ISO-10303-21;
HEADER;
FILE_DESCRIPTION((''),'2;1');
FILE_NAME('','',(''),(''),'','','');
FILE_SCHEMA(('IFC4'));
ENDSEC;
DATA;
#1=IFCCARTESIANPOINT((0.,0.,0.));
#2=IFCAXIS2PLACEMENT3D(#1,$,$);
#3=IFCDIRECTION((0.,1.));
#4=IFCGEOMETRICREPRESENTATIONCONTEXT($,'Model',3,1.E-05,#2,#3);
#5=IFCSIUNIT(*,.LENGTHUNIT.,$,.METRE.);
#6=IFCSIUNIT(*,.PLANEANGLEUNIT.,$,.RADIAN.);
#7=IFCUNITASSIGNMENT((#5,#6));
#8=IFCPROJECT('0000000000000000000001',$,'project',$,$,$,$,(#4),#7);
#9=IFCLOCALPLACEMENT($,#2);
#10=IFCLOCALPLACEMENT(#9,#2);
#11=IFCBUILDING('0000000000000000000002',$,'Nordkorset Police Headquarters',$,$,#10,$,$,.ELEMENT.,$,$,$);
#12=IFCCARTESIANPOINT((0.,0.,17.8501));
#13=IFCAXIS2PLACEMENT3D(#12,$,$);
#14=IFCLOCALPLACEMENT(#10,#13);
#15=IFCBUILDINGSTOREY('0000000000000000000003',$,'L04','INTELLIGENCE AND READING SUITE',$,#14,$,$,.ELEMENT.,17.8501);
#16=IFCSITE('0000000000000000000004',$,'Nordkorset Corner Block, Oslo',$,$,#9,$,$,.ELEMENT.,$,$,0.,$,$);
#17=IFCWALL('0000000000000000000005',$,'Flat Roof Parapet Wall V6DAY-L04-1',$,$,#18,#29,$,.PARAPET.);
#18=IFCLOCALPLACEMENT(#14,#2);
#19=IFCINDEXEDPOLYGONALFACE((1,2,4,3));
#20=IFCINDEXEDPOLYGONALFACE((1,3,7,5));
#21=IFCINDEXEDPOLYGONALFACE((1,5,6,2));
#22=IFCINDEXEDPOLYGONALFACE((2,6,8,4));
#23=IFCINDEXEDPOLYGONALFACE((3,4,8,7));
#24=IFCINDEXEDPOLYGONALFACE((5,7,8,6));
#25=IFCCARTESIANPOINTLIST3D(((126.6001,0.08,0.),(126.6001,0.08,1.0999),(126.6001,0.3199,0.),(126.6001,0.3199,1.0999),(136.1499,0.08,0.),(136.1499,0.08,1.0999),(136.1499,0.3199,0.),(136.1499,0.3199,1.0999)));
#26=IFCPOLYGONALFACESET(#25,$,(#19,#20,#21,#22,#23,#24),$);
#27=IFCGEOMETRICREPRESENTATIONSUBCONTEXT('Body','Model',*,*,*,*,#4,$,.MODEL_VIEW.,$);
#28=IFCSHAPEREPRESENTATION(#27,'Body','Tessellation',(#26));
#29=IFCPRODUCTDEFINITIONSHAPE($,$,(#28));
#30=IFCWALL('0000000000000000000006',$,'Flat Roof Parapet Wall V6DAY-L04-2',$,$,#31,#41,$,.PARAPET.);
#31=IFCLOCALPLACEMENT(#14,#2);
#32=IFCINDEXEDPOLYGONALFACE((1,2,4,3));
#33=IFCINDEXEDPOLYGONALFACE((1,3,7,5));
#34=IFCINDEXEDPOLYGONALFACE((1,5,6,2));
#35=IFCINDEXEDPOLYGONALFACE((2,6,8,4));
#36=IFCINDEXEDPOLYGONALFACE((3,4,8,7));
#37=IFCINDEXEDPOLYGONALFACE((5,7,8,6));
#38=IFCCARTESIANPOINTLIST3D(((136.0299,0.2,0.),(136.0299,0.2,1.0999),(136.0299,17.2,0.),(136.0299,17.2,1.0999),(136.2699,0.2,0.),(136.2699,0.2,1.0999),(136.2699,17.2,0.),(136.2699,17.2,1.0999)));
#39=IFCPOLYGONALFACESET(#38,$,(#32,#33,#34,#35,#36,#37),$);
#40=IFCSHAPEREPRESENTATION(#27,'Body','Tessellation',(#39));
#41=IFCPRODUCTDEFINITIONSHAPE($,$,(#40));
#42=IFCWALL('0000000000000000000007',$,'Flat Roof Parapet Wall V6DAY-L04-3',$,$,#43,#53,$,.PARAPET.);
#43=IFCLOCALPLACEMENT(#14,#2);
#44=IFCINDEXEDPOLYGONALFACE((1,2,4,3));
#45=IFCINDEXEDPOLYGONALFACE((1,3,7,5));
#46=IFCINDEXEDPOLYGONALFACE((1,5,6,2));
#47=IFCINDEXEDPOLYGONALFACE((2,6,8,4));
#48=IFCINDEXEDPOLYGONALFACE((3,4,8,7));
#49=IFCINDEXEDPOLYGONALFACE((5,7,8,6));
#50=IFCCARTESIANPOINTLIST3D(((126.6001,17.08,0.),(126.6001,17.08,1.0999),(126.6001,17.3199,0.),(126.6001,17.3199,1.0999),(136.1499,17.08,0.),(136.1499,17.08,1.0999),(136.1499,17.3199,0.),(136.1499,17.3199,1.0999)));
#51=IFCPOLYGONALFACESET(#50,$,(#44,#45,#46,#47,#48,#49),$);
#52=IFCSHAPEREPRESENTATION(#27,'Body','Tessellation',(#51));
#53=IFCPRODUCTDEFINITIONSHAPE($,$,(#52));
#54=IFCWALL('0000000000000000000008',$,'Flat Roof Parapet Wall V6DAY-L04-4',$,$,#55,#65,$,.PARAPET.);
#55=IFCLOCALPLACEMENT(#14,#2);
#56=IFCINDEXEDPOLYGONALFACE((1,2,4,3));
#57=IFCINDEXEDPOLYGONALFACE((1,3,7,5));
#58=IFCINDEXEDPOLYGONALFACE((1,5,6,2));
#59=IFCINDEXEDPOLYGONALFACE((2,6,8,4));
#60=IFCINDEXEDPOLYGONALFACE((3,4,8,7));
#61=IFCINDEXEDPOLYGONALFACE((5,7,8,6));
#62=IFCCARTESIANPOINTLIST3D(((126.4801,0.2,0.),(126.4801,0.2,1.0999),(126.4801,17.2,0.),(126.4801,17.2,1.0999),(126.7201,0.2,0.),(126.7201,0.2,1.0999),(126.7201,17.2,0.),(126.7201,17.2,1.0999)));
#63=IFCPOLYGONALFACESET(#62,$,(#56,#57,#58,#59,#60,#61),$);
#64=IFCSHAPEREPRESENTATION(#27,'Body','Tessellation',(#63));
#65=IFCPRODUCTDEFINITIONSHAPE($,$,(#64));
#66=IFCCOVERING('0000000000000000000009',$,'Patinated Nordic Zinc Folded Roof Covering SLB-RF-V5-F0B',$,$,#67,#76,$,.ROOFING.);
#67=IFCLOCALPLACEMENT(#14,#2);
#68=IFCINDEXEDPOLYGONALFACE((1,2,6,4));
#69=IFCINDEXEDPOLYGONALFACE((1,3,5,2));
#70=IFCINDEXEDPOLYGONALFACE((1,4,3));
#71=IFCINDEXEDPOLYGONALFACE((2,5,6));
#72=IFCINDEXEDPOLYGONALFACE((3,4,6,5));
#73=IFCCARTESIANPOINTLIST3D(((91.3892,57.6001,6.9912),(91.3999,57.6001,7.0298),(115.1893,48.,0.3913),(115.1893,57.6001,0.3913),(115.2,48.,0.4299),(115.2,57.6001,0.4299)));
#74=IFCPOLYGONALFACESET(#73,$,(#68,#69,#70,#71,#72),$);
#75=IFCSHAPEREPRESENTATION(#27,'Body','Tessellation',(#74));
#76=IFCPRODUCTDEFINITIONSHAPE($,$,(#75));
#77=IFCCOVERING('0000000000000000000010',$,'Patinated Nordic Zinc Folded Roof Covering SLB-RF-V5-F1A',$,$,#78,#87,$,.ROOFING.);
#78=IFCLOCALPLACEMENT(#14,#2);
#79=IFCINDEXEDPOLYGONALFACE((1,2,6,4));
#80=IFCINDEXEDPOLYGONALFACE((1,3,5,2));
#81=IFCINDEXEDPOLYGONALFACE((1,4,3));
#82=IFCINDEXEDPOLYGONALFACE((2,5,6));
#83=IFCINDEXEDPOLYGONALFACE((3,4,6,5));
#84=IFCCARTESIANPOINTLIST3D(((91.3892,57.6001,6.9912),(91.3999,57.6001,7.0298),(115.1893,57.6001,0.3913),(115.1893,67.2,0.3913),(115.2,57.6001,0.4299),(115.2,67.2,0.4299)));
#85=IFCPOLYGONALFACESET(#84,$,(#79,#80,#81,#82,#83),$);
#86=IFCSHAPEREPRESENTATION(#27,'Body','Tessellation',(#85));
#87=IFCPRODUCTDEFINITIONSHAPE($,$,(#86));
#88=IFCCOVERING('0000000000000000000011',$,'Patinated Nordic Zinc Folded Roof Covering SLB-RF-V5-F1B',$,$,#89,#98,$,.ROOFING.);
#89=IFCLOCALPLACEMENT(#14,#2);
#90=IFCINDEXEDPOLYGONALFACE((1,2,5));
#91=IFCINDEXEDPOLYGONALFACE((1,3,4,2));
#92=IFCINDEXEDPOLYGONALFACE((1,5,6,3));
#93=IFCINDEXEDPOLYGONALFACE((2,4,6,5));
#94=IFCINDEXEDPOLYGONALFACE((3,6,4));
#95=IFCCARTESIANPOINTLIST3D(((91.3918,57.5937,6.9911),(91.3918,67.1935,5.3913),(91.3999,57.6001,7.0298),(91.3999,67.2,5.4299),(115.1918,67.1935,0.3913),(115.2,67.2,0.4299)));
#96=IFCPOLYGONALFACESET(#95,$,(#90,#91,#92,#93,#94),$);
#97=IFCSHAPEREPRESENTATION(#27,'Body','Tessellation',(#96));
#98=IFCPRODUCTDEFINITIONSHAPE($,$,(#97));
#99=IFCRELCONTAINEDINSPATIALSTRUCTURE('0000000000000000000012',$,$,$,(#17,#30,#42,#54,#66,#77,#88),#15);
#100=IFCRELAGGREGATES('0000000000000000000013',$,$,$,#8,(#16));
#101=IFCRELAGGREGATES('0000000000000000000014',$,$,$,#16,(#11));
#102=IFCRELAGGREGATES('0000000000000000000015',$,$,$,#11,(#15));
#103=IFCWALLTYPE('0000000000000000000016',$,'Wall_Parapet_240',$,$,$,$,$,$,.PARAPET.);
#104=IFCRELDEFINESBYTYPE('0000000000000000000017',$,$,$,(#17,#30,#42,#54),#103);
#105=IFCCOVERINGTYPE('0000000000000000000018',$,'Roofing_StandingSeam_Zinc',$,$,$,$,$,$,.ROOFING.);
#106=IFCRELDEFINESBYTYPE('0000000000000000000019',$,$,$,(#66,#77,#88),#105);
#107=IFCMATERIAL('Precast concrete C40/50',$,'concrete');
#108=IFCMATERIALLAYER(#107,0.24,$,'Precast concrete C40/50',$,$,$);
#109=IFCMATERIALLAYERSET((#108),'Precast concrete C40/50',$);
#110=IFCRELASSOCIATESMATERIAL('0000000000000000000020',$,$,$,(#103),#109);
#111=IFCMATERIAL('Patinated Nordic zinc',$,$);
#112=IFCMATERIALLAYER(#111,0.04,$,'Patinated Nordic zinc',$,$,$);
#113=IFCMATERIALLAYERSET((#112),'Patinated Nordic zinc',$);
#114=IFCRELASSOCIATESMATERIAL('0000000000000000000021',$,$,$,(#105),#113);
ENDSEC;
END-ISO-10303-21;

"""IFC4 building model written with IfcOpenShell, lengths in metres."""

from ifc_helpers import new_model, si_unit, direction, frame, frame_2d, origin, place, context, subcontext, project, spatial, polyline, rectangle, outline, extrude, material, layer, layer_set, type_object, element, save


model = new_model("IFC4")

# Units and contexts
model_context = context("Model", 3, precision=1e-05, world=origin(), true_north=direction((0.0, 1.0)))
body_context = subcontext(model_context, "Body", "Model", "MODEL_VIEW")
ifc_project = project(units=[si_unit("LENGTHUNIT", "METRE"), si_unit("PLANEANGLEUNIT", "RADIAN")], contexts=[model_context])

# Site, building, storey
site_placement = place(None, origin())
site = spatial("IfcSite", under=ifc_project, at=site_placement, Name="Nordkorset Corner Block, Oslo", CompositionType="ELEMENT", RefElevation=0.0)
building_placement = place(site_placement, origin())
building = spatial("IfcBuilding", under=site, at=building_placement, Name="Nordkorset Police Headquarters", CompositionType="ELEMENT")
storey_placement = place(building_placement, frame((0.0, 0.0, 17.8501)))
storey = spatial("IfcBuildingStorey", under=building, at=storey_placement, Name="L04", Description="INTELLIGENCE AND READING SUITE", CompositionType="ELEMENT", Elevation=17.8501)

# Walls
ifc_material_1 = material(Name="Precast concrete C40/50", Category="concrete")
ifc_layer_1 = layer(ifc_material_1, 0.24, Name="Precast concrete C40/50")
ifc_layer_set_1 = layer_set([ifc_layer_1], Name="Precast concrete C40/50")
wall_type_1 = type_object("IfcWallType", Name="Wall_Parapet_240", PredefinedType="PARAPET", material=ifc_layer_set_1)
wall_1_placement = place(storey_placement, frame((126.6001, 0.2, 0.0), z_axis=(0.0, 0.0, 1.0), x_axis=(1.0, 0.0, 0.0)))
element("IfcWall", 1, at=wall_1_placement, inside=storey, type_object=wall_type_1, Name="Flat Roof Parapet Wall V6DAY-L04-1", PredefinedType="PARAPET", context=body_context, shape_type="SweptSolid", body=[
    extrude(rectangle(XDim=9.5498, YDim=0.24, at=frame_2d((4.7749, 0.0))), origin(), (0.0, 0.0, 1.0), 1.0999),
])
wall_2_placement = place(storey_placement, frame((136.1499, 0.2, 0.0), z_axis=(0.0, 0.0, 1.0), x_axis=(0.0, 1.0, 0.0)))
element("IfcWall", 2, at=wall_2_placement, inside=storey, type_object=wall_type_1, Name="Flat Roof Parapet Wall V6DAY-L04-2", PredefinedType="PARAPET", context=body_context, shape_type="SweptSolid", body=[
    extrude(rectangle(XDim=17.0, YDim=0.24, at=frame_2d((8.5, 0.0))), origin(), (0.0, 0.0, 1.0), 1.0999),
])
wall_3_placement = place(storey_placement, frame((136.1499, 17.2, 0.0), z_axis=(0.0, 0.0, 1.0), x_axis=(-1.0, 0.0, 0.0)))
element("IfcWall", 3, at=wall_3_placement, inside=storey, type_object=wall_type_1, Name="Flat Roof Parapet Wall V6DAY-L04-3", PredefinedType="PARAPET", context=body_context, shape_type="SweptSolid", body=[
    extrude(rectangle(XDim=9.5498, YDim=0.24, at=frame_2d((4.7749, 0.0))), origin(), (0.0, 0.0, 1.0), 1.0999),
])
wall_4_placement = place(storey_placement, frame((126.6001, 17.2, 0.0), z_axis=(0.0, 0.0, 1.0), x_axis=(0.0, -1.0, 0.0)))
element("IfcWall", 4, at=wall_4_placement, inside=storey, type_object=wall_type_1, Name="Flat Roof Parapet Wall V6DAY-L04-4", PredefinedType="PARAPET", context=body_context, shape_type="SweptSolid", body=[
    extrude(rectangle(XDim=17.0, YDim=0.24, at=frame_2d((8.5, 0.0))), origin(), (0.0, 0.0, 1.0), 1.0999),
])

# Coverings
ifc_material_2 = material(Name="Patinated Nordic zinc")
ifc_layer_2 = layer(ifc_material_2, 0.04, Name="Patinated Nordic zinc")
ifc_layer_set_2 = layer_set([ifc_layer_2], Name="Patinated Nordic zinc")
covering_type = type_object("IfcCoveringType", Name="Roofing_StandingSeam_Zinc", PredefinedType="ROOFING", material=ifc_layer_set_2)
covering_1_placement = place(storey_placement, frame((115.2, 48.0, 0.4299), z_axis=(0.26722, 0.0, 0.963636), x_axis=(0.0, 1.0, 0.0)))
element("IfcCovering", 5, at=covering_1_placement, inside=storey, type_object=covering_type, Name="Patinated Nordic Zinc Folded Roof Covering SLB-RF-V5-F0B", PredefinedType="ROOFING", context=body_context, shape_type="SweptSolid", body=[
    extrude(outline(polyline([(0.0, 0.0), (9.6001, 0.0), (9.6001, 24.6982), (0.0, 0.0)])), origin(), (0.0, 0.0, -1.0), 0.04),
])
covering_2_placement = place(storey_placement, frame((91.3999, 57.6001, 7.0298), z_axis=(0.26722, 0.0, 0.963636), x_axis=(0.963636, 0.0, -0.26722)))
element("IfcCovering", 6, at=covering_2_placement, inside=storey, type_object=covering_type, Name="Patinated Nordic Zinc Folded Roof Covering SLB-RF-V5-F1A", PredefinedType="ROOFING", context=body_context, shape_type="SweptSolid", body=[
    extrude(outline(polyline([(0.0, 0.0), (24.6982, 0.0), (24.6982, 9.5999), (0.0, 0.0)])), origin(), (0.0, 0.0, -1.0), 0.04),
])
covering_3_placement = place(storey_placement, frame((91.3999, 57.6001, 7.0298), z_axis=(0.202915, 0.160967, 0.965875), x_axis=(0.898174, 0.362282, -0.249067)))
element("IfcCovering", 7, at=covering_3_placement, inside=storey, type_object=covering_type, Name="Patinated Nordic Zinc Folded Roof Covering SLB-RF-V5-F1B", PredefinedType="ROOFING", context=body_context, shape_type="SweptSolid", body=[
    extrude(outline(polyline([(0.0, 0.0), (26.4983, 0.0), (3.8763, 8.927), (0.0, 0.0)])), origin(), (0.0, 0.0, -1.0), 0.04),
])

save(model, "model.ifc")
